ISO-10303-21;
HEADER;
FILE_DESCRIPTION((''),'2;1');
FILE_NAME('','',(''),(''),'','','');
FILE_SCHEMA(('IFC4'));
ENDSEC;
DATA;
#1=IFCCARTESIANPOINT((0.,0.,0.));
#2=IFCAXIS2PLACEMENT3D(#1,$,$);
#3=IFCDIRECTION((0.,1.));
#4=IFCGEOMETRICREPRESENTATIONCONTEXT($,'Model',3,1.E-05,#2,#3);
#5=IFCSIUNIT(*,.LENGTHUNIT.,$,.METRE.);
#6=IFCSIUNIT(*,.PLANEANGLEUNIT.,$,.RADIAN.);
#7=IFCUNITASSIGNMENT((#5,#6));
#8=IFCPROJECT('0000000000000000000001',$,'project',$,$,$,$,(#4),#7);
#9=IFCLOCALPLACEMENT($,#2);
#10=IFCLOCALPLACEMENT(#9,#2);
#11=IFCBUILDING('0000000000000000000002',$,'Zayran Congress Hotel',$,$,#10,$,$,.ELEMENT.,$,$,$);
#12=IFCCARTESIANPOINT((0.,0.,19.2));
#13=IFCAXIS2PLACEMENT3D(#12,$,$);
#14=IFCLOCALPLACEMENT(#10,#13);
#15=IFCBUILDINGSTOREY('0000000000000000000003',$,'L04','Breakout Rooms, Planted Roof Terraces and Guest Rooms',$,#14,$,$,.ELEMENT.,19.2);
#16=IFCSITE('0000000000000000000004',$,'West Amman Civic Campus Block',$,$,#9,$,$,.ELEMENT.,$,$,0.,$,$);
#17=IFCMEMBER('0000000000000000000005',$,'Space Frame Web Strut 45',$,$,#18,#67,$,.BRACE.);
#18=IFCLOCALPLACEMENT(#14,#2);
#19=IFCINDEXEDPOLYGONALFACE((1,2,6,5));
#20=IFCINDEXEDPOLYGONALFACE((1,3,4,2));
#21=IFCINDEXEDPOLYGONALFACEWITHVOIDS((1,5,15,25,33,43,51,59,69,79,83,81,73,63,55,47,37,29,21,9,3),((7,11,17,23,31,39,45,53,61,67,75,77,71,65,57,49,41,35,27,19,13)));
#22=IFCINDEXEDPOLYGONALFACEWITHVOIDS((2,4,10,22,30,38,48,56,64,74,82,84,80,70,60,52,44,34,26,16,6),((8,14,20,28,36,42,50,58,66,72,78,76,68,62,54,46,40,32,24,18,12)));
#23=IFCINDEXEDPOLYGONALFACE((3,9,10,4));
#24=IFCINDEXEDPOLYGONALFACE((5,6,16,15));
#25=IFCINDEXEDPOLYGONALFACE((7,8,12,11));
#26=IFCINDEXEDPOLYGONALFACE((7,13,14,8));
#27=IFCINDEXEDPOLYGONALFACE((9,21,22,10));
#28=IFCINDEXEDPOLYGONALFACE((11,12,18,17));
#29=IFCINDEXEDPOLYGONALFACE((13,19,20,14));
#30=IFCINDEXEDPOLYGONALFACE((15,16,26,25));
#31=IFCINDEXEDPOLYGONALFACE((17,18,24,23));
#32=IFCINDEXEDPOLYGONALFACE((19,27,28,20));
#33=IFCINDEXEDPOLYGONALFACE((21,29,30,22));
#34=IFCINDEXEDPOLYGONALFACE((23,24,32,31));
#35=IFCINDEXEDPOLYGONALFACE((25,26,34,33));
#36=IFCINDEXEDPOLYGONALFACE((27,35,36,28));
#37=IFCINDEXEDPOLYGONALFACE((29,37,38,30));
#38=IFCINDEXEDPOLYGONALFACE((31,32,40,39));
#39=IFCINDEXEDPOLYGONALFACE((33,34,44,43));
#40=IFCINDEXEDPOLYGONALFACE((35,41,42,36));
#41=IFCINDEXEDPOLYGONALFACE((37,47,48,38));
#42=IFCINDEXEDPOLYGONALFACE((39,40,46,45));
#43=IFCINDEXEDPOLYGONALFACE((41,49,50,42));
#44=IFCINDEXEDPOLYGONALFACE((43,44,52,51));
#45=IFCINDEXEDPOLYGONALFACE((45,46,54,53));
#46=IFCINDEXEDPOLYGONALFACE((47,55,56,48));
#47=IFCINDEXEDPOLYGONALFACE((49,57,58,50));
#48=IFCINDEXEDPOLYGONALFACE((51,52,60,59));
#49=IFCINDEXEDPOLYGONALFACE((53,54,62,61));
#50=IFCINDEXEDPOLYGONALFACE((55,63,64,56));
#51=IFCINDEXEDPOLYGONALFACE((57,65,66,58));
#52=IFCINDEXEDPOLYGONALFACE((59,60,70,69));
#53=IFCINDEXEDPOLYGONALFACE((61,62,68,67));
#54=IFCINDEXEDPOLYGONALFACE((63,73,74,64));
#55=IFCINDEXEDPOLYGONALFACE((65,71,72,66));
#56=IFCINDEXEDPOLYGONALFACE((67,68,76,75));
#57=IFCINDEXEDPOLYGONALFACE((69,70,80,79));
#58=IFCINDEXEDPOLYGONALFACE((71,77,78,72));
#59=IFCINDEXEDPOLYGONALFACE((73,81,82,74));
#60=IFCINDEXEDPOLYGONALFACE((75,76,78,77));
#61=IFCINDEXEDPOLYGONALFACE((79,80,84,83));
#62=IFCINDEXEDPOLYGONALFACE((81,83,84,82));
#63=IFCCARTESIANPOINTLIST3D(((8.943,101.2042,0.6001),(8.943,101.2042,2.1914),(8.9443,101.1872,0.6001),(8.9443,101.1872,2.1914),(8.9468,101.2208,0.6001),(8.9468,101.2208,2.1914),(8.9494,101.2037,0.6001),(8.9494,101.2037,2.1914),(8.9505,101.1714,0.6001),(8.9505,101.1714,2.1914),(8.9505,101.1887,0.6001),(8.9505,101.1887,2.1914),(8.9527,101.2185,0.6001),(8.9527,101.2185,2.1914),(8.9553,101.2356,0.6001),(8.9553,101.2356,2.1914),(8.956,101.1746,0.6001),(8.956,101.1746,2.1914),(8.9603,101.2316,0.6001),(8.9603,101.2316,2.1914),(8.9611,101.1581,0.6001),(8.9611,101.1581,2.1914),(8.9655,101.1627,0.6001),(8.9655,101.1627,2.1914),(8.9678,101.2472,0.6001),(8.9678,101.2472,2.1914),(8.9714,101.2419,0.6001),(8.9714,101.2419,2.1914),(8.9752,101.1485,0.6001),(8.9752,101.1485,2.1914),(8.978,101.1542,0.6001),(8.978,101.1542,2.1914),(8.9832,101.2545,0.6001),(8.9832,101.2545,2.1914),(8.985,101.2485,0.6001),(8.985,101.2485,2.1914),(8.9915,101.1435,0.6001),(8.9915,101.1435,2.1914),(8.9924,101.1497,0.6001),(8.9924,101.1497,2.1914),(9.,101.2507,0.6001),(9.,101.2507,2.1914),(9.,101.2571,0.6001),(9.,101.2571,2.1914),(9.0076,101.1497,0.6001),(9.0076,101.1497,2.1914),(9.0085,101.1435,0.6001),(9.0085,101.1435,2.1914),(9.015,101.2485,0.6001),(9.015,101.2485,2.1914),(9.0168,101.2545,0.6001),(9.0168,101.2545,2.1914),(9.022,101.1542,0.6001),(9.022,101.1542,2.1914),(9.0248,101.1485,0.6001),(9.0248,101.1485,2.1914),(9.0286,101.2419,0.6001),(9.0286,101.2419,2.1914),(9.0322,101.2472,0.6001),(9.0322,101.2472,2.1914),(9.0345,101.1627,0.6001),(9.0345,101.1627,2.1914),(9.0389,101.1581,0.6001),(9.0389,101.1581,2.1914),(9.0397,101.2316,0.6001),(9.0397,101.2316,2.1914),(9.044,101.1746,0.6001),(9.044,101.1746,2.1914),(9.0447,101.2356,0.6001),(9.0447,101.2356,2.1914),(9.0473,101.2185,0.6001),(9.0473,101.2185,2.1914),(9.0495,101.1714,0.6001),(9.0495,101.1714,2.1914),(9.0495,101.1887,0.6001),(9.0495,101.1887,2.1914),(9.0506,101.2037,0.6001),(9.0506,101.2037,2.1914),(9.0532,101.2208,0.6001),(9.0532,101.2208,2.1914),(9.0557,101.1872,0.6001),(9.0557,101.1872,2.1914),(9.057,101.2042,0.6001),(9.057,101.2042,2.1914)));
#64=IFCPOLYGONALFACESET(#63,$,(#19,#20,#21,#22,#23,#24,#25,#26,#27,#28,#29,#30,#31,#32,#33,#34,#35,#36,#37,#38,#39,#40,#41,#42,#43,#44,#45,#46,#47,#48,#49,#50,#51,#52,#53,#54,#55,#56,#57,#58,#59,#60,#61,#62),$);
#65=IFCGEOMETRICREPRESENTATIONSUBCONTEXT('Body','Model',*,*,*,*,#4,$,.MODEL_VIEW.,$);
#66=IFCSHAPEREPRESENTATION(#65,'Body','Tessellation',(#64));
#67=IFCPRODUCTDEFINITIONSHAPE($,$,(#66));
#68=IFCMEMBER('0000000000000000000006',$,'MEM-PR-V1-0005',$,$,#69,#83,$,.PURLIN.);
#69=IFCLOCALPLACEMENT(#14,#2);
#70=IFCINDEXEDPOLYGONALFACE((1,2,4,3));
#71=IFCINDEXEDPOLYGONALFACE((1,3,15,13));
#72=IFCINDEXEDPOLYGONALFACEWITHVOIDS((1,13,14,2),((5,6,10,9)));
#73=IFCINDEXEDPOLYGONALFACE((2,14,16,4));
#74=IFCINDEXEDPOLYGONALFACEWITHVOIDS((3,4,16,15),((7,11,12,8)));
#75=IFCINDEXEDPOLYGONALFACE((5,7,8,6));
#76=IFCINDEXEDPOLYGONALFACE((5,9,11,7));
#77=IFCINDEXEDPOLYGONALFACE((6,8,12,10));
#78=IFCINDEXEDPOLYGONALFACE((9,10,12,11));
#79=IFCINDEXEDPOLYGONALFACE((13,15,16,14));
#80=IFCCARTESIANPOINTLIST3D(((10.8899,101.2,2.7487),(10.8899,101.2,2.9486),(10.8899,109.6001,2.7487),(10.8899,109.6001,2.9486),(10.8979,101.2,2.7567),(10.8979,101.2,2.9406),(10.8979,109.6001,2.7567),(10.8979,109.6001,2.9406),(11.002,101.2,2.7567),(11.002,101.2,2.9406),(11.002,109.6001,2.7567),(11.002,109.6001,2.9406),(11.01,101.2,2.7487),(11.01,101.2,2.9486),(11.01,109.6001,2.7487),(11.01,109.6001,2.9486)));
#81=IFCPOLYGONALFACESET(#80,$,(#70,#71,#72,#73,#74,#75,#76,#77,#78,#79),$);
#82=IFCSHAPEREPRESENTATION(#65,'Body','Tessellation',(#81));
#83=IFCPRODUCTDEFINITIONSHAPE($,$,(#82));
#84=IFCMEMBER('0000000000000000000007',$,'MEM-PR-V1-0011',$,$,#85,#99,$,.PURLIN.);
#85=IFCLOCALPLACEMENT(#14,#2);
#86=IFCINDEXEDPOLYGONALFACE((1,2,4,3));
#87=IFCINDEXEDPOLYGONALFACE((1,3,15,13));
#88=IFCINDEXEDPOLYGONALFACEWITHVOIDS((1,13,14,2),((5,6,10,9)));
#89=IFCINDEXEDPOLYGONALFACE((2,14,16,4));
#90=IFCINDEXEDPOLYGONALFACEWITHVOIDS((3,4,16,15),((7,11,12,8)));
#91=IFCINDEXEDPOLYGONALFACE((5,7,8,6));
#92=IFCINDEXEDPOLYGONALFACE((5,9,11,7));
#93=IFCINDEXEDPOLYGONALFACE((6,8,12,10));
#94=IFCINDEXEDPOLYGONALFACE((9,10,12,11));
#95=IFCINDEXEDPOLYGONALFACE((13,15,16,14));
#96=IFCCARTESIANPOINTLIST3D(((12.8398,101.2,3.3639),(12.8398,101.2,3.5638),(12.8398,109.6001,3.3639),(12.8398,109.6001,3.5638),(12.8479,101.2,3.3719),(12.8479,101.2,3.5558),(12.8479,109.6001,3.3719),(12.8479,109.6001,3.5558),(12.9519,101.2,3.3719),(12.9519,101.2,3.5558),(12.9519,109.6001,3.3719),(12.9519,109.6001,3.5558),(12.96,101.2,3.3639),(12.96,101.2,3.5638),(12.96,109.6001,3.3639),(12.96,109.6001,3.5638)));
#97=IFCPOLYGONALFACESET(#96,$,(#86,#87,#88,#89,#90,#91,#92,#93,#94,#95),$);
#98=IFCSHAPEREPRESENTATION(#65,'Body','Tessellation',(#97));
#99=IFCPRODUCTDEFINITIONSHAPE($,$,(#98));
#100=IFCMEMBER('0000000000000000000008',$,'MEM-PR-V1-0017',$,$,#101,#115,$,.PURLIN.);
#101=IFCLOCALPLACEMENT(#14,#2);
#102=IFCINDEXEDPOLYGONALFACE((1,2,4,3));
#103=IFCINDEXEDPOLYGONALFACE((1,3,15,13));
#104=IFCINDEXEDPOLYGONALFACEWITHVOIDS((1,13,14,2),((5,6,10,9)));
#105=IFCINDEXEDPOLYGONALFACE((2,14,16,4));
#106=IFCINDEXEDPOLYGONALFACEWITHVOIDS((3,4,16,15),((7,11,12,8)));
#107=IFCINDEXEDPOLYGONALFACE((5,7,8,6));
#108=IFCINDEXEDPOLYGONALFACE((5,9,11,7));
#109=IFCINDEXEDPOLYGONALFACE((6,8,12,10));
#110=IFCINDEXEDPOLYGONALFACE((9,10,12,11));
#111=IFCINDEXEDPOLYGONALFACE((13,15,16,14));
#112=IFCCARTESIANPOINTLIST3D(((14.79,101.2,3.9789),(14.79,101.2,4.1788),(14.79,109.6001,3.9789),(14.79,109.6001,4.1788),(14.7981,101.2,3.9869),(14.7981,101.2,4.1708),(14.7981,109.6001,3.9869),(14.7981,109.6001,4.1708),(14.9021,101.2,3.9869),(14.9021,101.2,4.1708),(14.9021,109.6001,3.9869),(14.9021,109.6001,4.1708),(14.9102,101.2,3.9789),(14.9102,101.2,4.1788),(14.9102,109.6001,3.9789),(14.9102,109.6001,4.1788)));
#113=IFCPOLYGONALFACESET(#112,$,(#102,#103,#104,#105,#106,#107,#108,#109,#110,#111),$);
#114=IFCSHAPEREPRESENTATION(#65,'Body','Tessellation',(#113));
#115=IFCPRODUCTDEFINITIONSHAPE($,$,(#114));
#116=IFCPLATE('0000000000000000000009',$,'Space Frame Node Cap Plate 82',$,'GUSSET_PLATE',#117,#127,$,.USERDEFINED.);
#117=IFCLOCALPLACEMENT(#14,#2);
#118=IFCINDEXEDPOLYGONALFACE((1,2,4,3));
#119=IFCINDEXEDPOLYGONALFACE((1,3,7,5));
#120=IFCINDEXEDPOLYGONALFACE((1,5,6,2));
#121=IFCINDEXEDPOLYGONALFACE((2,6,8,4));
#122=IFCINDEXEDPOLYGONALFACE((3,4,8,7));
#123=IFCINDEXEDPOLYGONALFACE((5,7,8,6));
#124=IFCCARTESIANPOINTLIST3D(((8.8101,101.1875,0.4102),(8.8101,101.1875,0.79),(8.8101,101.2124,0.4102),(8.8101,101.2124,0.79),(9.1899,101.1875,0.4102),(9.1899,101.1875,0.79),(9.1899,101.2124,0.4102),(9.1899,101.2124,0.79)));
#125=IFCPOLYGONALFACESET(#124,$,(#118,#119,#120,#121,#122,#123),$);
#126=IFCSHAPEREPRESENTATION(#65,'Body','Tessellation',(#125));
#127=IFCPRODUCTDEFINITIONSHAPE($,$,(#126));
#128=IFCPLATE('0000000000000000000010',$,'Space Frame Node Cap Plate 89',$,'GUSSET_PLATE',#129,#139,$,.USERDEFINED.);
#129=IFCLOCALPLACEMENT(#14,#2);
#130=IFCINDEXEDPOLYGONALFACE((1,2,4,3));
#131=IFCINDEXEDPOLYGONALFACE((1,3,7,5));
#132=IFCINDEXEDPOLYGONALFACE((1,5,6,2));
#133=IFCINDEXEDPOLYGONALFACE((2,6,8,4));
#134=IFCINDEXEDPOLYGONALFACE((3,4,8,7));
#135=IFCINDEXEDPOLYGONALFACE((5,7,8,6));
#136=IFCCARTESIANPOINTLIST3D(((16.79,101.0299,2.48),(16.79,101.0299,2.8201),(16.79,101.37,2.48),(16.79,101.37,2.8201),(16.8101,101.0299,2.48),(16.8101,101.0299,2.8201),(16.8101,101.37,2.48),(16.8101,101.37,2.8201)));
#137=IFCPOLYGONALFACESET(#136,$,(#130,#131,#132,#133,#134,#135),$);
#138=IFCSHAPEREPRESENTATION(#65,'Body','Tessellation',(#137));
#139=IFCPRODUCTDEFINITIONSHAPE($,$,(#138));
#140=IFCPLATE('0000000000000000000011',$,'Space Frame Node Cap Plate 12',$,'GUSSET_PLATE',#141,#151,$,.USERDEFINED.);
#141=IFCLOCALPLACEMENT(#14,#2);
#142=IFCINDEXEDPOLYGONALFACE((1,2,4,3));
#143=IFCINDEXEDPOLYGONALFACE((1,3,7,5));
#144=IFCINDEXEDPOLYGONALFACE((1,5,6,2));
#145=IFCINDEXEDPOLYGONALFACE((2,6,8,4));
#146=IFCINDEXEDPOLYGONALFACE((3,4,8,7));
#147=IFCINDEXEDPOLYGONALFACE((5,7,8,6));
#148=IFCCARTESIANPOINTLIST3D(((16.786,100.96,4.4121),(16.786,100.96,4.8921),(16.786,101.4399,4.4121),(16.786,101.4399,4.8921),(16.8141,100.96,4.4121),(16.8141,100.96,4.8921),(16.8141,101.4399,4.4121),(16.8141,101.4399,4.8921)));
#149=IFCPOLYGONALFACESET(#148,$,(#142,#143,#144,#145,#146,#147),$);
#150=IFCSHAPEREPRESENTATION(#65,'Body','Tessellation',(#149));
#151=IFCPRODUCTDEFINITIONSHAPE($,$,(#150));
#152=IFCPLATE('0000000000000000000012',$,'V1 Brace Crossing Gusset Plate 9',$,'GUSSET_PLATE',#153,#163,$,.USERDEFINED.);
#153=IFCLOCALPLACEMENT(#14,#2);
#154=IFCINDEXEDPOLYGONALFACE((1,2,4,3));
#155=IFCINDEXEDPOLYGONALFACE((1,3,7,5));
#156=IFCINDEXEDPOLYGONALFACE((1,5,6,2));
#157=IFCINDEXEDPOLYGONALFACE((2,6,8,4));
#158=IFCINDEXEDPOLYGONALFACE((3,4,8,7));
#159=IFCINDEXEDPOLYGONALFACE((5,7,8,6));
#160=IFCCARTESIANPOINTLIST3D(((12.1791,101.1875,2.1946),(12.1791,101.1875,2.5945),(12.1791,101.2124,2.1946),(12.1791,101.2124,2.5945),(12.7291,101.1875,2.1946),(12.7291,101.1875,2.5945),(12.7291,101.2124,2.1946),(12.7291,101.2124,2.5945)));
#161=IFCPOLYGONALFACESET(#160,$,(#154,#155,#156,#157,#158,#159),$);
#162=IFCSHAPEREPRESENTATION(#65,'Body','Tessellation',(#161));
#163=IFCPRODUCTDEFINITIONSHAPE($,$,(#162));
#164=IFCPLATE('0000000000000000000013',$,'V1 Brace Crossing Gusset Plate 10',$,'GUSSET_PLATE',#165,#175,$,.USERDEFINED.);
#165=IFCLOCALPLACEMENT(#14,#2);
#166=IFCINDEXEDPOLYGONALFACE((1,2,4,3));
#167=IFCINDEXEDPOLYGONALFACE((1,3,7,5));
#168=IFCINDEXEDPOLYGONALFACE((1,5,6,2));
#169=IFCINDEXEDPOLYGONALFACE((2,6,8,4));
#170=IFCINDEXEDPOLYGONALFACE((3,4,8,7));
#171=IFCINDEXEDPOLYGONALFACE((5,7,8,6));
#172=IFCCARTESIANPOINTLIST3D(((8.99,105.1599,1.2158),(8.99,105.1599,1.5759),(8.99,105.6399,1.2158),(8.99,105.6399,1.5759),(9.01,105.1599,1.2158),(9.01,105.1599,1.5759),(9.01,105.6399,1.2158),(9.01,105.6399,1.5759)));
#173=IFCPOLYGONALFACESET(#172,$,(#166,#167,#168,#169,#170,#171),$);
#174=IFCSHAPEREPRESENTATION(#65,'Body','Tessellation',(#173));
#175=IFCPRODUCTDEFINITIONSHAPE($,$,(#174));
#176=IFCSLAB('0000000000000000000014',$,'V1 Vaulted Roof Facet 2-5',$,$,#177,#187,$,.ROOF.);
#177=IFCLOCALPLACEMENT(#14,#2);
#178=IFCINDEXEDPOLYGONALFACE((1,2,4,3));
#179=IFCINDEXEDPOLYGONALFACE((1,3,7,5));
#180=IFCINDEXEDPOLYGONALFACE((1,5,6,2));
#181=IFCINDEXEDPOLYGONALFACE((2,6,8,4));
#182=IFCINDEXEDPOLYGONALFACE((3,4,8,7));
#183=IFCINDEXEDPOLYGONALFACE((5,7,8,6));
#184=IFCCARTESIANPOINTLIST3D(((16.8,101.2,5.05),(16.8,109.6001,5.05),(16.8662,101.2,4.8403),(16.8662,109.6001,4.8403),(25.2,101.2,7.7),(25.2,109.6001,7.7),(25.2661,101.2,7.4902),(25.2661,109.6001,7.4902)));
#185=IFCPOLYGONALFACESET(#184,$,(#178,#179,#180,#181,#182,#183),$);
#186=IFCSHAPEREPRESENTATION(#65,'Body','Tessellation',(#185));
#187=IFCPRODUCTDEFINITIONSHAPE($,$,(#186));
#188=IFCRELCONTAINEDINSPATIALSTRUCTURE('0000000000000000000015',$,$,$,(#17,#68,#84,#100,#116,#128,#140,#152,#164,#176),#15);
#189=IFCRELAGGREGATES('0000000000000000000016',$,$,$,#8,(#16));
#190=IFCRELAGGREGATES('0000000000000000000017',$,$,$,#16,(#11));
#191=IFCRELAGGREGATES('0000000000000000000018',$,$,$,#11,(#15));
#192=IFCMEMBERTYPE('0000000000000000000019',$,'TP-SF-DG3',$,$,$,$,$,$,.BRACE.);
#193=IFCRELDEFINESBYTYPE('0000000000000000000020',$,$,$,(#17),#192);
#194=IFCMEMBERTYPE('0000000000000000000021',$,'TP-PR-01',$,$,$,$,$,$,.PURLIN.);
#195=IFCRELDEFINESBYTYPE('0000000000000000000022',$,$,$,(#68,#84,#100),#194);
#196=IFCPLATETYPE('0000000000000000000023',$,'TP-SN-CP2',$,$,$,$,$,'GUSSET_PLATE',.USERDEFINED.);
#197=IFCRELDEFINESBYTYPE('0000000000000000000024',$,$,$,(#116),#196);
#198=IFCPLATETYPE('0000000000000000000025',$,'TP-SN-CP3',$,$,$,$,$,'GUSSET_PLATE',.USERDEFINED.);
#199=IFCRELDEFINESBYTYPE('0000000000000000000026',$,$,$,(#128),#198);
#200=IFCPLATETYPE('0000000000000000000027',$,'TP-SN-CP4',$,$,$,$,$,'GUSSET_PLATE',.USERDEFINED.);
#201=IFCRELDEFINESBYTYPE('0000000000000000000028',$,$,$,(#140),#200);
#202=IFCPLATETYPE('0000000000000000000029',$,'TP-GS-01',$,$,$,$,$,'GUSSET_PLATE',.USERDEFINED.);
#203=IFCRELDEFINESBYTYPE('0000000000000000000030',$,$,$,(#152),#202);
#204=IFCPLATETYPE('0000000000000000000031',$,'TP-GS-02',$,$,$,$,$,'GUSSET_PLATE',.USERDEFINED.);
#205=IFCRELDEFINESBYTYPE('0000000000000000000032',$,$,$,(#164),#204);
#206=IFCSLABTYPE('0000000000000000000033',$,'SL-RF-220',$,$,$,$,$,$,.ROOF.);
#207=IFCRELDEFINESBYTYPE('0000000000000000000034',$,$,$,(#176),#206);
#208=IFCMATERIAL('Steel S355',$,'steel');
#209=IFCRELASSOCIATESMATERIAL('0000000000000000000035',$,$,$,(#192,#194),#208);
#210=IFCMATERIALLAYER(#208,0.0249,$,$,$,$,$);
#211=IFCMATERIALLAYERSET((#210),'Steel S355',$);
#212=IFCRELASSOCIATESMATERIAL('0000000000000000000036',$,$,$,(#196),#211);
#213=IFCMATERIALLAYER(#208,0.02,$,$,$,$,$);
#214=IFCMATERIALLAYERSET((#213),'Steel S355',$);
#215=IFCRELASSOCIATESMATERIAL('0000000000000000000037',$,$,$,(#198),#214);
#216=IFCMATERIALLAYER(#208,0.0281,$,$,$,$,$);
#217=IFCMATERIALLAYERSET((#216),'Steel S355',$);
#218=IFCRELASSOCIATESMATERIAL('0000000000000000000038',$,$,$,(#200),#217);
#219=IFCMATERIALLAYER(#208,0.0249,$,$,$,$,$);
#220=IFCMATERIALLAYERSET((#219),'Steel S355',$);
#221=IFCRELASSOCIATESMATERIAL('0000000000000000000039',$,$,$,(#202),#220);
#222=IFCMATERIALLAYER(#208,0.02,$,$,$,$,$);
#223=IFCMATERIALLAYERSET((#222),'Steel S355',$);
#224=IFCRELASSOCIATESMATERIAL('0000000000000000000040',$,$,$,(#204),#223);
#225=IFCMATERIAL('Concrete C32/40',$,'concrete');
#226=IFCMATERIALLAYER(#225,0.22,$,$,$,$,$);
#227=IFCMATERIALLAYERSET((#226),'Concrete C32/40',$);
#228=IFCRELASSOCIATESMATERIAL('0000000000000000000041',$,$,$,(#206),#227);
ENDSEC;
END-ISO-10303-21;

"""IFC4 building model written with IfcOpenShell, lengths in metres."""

from ifc_helpers import new_model, si_unit, direction, frame, origin, origin_2d, place, context, subcontext, project, spatial, polyline, rectangle, hollow_rectangle, hollow_circle, outline, extrude, material, layer, layer_set, material_profile, profile_set, type_object, element, save


model = new_model("IFC4")

# Units and contexts
model_context = context("Model", 3, precision=1e-05, world=origin(), true_north=direction((0.0, 1.0)))
body_context = subcontext(model_context, "Body", "Model", "MODEL_VIEW")
ifc_project = project(units=[si_unit("LENGTHUNIT", "METRE"), si_unit("PLANEANGLEUNIT", "RADIAN")], contexts=[model_context])

# Site, building, storey
site_placement = place(None, origin())
site = spatial("IfcSite", under=ifc_project, at=site_placement, Name="West Amman Civic Campus Block", CompositionType="ELEMENT", RefElevation=0.0)
building_placement = place(site_placement, origin())
building = spatial("IfcBuilding", under=site, at=building_placement, Name="Zayran Congress Hotel", CompositionType="ELEMENT")
storey_placement = place(building_placement, frame((0.0, 0.0, 19.2)))
storey = spatial("IfcBuildingStorey", under=building, at=storey_placement, Name="L04", Description="Breakout Rooms, Planted Roof Terraces and Guest Rooms", CompositionType="ELEMENT", Elevation=19.2)

# Members
ifc_material_1 = material(Name="Steel S355", Category="steel")
ifc_material_profile_1 = material_profile(ifc_material_1, hollow_circle(Radius=0.0571, WallThickness=0.0063, at=origin_2d()), Name="CHS 114.3x6.3")
ifc_profile_set_1 = profile_set([ifc_material_profile_1], Name="Steel S355")
member_type_1 = type_object("IfcMemberType", Name="TP-SF-DG3", PredefinedType="BRACE", material=ifc_profile_set_1)
member_1_placement = place(storey_placement, frame((9.0, 101.2, 0.6001), z_axis=(0.0, 0.0, 1.0), x_axis=(0.0, 1.0, 0.0)))
element("IfcMember", 1, at=member_1_placement, inside=storey, type_object=member_type_1, Name="Space Frame Web Strut 45", PredefinedType="BRACE", context=body_context, shape_type="SweptSolid", body=[
    extrude(hollow_circle(Radius=0.0571, WallThickness=0.0063, at=origin_2d()), origin(), (0.0, 0.0, 1.0), 1.5913),
])
ifc_material_profile_2 = material_profile(ifc_material_1, hollow_rectangle(XDim=0.1201, YDim=0.2, WallThickness=0.0081, at=origin_2d()), Name="RHS 200x120x8")
ifc_profile_set_2 = profile_set([ifc_material_profile_2], Name="Steel S355")
member_type_2 = type_object("IfcMemberType", Name="TP-PR-01", PredefinedType="PURLIN", material=ifc_profile_set_2)
for number, where, z_axis, x_axis, name in (
    (2, (10.95, 101.2, 2.8486), (0.0, 1.0, 0.0), (-1.0, 0.0, 0.0), "MEM-PR-V1-0005"),
    (3, (12.8999, 101.2, 3.4639), (0.0, 1.0, 0.0), (-1.0, 0.0, 0.0), "MEM-PR-V1-0011"),
    (4, (14.8501, 101.2, 4.0789), (0.0, 1.0, 0.0), (-1.0, 0.0, 0.0), "MEM-PR-V1-0017"),
):
    element("IfcMember", number, at=place(storey_placement, frame(where, z_axis=z_axis, x_axis=x_axis)), inside=storey, type_object=member_type_2, Name=name, PredefinedType="PURLIN", context=body_context, shape_type="SweptSolid", body=[
        extrude(hollow_rectangle(XDim=0.1201, YDim=0.2, WallThickness=0.0081, at=origin_2d()), origin(), (0.0, 0.0, 1.0), 8.4001),
    ])

# Plates
ifc_layer_1 = layer(ifc_material_1, 0.0249)
ifc_layer_set_1 = layer_set([ifc_layer_1], Name="Steel S355")
plate_type_1 = type_object("IfcPlateType", Name="TP-SN-CP2", ElementType="GUSSET_PLATE", PredefinedType="USERDEFINED", material=ifc_layer_set_1)
plate_1_placement = place(storey_placement, frame((9.0, 101.2, 0.4102), z_axis=(0.0, 0.0, 1.0), x_axis=(1.0, 0.0, 0.0)))
element("IfcPlate", 5, at=plate_1_placement, inside=storey, type_object=plate_type_1, Name="Space Frame Node Cap Plate 82", ObjectType="GUSSET_PLATE", PredefinedType="USERDEFINED", context=body_context, shape_type="SweptSolid", body=[
    extrude(rectangle(XDim=0.3799, YDim=0.0249, at=origin_2d()), origin(), (0.0, 0.0, 1.0), 0.3799),
])
ifc_layer_2 = layer(ifc_material_1, 0.02)
ifc_layer_set_2 = layer_set([ifc_layer_2], Name="Steel S355")
plate_type_2 = type_object("IfcPlateType", Name="TP-SN-CP3", ElementType="GUSSET_PLATE", PredefinedType="USERDEFINED", material=ifc_layer_set_2)
plate_2_placement = place(storey_placement, frame((16.8, 101.2, 2.48), z_axis=(0.0, 0.0, 1.0), x_axis=(0.0, 1.0, 0.0)))
element("IfcPlate", 6, at=plate_2_placement, inside=storey, type_object=plate_type_2, Name="Space Frame Node Cap Plate 89", ObjectType="GUSSET_PLATE", PredefinedType="USERDEFINED", context=body_context, shape_type="SweptSolid", body=[
    extrude(rectangle(XDim=0.3401, YDim=0.02, at=origin_2d()), origin(), (0.0, 0.0, 1.0), 0.3401),
])
ifc_layer_3 = layer(ifc_material_1, 0.0281)
ifc_layer_set_3 = layer_set([ifc_layer_3], Name="Steel S355")
plate_type_3 = type_object("IfcPlateType", Name="TP-SN-CP4", ElementType="GUSSET_PLATE", PredefinedType="USERDEFINED", material=ifc_layer_set_3)
plate_3_placement = place(storey_placement, frame((16.8, 101.2, 4.4121), z_axis=(0.0, 0.0, 1.0), x_axis=(0.0, 1.0, 0.0)))
element("IfcPlate", 7, at=plate_3_placement, inside=storey, type_object=plate_type_3, Name="Space Frame Node Cap Plate 12", ObjectType="GUSSET_PLATE", PredefinedType="USERDEFINED", context=body_context, shape_type="SweptSolid", body=[
    extrude(rectangle(XDim=0.48, YDim=0.0281, at=origin_2d()), origin(), (0.0, 0.0, 1.0), 0.48),
])
ifc_layer_4 = layer(ifc_material_1, 0.0249)
ifc_layer_set_4 = layer_set([ifc_layer_4], Name="Steel S355")
plate_type_4 = type_object("IfcPlateType", Name="TP-GS-01", ElementType="GUSSET_PLATE", PredefinedType="USERDEFINED", material=ifc_layer_set_4)
plate_4_placement = place(storey_placement, frame((12.4541, 101.2, 2.1946), z_axis=(0.0, 0.0, 1.0), x_axis=(1.0, 0.0, 0.0)))
element("IfcPlate", 8, at=plate_4_placement, inside=storey, type_object=plate_type_4, Name="V1 Brace Crossing Gusset Plate 9", ObjectType="GUSSET_PLATE", PredefinedType="USERDEFINED", context=body_context, shape_type="SweptSolid", body=[
    extrude(rectangle(XDim=0.55, YDim=0.0249, at=origin_2d()), origin(), (0.0, 0.0, 1.0), 0.3999),
])
ifc_layer_5 = layer(ifc_material_1, 0.02)
ifc_layer_set_5 = layer_set([ifc_layer_5], Name="Steel S355")
plate_type_5 = type_object("IfcPlateType", Name="TP-GS-02", ElementType="GUSSET_PLATE", PredefinedType="USERDEFINED", material=ifc_layer_set_5)
plate_5_placement = place(storey_placement, frame((9.0, 105.3999, 1.2158), z_axis=(0.0, 0.0, 1.0), x_axis=(0.0, 1.0, 0.0)))
element("IfcPlate", 9, at=plate_5_placement, inside=storey, type_object=plate_type_5, Name="V1 Brace Crossing Gusset Plate 10", ObjectType="GUSSET_PLATE", PredefinedType="USERDEFINED", context=body_context, shape_type="SweptSolid", body=[
    extrude(rectangle(XDim=0.48, YDim=0.02, at=origin_2d()), origin(), (0.0, 0.0, 1.0), 0.3601),
])

# Slab
ifc_material_2 = material(Name="Concrete C32/40", Category="concrete")
ifc_layer_6 = layer(ifc_material_2, 0.22)
ifc_layer_set_6 = layer_set([ifc_layer_6], Name="Concrete C32/40")
slab_type = type_object("IfcSlabType", Name="SL-RF-220", PredefinedType="ROOF", material=ifc_layer_set_6)
slab_placement = place(storey_placement, frame((16.8, 101.2, 5.05), z_axis=(-0.300853, 0.0, 0.953671), x_axis=(0.953671, 0.0, 0.300853)))
element("IfcSlab", 10, at=slab_placement, inside=storey, type_object=slab_type, Name="V1 Vaulted Roof Facet 2-5", PredefinedType="ROOF", context=body_context, shape_type="SweptSolid", body=[
    extrude(outline(polyline([(0.0, 0.0), (8.808, 0.0), (8.808, 8.4001), (0.0, 8.4001), (0.0, 0.0)])), origin(), (0.0, 0.0, -1.0), 0.22),
])

save(model, "model.ifc")
